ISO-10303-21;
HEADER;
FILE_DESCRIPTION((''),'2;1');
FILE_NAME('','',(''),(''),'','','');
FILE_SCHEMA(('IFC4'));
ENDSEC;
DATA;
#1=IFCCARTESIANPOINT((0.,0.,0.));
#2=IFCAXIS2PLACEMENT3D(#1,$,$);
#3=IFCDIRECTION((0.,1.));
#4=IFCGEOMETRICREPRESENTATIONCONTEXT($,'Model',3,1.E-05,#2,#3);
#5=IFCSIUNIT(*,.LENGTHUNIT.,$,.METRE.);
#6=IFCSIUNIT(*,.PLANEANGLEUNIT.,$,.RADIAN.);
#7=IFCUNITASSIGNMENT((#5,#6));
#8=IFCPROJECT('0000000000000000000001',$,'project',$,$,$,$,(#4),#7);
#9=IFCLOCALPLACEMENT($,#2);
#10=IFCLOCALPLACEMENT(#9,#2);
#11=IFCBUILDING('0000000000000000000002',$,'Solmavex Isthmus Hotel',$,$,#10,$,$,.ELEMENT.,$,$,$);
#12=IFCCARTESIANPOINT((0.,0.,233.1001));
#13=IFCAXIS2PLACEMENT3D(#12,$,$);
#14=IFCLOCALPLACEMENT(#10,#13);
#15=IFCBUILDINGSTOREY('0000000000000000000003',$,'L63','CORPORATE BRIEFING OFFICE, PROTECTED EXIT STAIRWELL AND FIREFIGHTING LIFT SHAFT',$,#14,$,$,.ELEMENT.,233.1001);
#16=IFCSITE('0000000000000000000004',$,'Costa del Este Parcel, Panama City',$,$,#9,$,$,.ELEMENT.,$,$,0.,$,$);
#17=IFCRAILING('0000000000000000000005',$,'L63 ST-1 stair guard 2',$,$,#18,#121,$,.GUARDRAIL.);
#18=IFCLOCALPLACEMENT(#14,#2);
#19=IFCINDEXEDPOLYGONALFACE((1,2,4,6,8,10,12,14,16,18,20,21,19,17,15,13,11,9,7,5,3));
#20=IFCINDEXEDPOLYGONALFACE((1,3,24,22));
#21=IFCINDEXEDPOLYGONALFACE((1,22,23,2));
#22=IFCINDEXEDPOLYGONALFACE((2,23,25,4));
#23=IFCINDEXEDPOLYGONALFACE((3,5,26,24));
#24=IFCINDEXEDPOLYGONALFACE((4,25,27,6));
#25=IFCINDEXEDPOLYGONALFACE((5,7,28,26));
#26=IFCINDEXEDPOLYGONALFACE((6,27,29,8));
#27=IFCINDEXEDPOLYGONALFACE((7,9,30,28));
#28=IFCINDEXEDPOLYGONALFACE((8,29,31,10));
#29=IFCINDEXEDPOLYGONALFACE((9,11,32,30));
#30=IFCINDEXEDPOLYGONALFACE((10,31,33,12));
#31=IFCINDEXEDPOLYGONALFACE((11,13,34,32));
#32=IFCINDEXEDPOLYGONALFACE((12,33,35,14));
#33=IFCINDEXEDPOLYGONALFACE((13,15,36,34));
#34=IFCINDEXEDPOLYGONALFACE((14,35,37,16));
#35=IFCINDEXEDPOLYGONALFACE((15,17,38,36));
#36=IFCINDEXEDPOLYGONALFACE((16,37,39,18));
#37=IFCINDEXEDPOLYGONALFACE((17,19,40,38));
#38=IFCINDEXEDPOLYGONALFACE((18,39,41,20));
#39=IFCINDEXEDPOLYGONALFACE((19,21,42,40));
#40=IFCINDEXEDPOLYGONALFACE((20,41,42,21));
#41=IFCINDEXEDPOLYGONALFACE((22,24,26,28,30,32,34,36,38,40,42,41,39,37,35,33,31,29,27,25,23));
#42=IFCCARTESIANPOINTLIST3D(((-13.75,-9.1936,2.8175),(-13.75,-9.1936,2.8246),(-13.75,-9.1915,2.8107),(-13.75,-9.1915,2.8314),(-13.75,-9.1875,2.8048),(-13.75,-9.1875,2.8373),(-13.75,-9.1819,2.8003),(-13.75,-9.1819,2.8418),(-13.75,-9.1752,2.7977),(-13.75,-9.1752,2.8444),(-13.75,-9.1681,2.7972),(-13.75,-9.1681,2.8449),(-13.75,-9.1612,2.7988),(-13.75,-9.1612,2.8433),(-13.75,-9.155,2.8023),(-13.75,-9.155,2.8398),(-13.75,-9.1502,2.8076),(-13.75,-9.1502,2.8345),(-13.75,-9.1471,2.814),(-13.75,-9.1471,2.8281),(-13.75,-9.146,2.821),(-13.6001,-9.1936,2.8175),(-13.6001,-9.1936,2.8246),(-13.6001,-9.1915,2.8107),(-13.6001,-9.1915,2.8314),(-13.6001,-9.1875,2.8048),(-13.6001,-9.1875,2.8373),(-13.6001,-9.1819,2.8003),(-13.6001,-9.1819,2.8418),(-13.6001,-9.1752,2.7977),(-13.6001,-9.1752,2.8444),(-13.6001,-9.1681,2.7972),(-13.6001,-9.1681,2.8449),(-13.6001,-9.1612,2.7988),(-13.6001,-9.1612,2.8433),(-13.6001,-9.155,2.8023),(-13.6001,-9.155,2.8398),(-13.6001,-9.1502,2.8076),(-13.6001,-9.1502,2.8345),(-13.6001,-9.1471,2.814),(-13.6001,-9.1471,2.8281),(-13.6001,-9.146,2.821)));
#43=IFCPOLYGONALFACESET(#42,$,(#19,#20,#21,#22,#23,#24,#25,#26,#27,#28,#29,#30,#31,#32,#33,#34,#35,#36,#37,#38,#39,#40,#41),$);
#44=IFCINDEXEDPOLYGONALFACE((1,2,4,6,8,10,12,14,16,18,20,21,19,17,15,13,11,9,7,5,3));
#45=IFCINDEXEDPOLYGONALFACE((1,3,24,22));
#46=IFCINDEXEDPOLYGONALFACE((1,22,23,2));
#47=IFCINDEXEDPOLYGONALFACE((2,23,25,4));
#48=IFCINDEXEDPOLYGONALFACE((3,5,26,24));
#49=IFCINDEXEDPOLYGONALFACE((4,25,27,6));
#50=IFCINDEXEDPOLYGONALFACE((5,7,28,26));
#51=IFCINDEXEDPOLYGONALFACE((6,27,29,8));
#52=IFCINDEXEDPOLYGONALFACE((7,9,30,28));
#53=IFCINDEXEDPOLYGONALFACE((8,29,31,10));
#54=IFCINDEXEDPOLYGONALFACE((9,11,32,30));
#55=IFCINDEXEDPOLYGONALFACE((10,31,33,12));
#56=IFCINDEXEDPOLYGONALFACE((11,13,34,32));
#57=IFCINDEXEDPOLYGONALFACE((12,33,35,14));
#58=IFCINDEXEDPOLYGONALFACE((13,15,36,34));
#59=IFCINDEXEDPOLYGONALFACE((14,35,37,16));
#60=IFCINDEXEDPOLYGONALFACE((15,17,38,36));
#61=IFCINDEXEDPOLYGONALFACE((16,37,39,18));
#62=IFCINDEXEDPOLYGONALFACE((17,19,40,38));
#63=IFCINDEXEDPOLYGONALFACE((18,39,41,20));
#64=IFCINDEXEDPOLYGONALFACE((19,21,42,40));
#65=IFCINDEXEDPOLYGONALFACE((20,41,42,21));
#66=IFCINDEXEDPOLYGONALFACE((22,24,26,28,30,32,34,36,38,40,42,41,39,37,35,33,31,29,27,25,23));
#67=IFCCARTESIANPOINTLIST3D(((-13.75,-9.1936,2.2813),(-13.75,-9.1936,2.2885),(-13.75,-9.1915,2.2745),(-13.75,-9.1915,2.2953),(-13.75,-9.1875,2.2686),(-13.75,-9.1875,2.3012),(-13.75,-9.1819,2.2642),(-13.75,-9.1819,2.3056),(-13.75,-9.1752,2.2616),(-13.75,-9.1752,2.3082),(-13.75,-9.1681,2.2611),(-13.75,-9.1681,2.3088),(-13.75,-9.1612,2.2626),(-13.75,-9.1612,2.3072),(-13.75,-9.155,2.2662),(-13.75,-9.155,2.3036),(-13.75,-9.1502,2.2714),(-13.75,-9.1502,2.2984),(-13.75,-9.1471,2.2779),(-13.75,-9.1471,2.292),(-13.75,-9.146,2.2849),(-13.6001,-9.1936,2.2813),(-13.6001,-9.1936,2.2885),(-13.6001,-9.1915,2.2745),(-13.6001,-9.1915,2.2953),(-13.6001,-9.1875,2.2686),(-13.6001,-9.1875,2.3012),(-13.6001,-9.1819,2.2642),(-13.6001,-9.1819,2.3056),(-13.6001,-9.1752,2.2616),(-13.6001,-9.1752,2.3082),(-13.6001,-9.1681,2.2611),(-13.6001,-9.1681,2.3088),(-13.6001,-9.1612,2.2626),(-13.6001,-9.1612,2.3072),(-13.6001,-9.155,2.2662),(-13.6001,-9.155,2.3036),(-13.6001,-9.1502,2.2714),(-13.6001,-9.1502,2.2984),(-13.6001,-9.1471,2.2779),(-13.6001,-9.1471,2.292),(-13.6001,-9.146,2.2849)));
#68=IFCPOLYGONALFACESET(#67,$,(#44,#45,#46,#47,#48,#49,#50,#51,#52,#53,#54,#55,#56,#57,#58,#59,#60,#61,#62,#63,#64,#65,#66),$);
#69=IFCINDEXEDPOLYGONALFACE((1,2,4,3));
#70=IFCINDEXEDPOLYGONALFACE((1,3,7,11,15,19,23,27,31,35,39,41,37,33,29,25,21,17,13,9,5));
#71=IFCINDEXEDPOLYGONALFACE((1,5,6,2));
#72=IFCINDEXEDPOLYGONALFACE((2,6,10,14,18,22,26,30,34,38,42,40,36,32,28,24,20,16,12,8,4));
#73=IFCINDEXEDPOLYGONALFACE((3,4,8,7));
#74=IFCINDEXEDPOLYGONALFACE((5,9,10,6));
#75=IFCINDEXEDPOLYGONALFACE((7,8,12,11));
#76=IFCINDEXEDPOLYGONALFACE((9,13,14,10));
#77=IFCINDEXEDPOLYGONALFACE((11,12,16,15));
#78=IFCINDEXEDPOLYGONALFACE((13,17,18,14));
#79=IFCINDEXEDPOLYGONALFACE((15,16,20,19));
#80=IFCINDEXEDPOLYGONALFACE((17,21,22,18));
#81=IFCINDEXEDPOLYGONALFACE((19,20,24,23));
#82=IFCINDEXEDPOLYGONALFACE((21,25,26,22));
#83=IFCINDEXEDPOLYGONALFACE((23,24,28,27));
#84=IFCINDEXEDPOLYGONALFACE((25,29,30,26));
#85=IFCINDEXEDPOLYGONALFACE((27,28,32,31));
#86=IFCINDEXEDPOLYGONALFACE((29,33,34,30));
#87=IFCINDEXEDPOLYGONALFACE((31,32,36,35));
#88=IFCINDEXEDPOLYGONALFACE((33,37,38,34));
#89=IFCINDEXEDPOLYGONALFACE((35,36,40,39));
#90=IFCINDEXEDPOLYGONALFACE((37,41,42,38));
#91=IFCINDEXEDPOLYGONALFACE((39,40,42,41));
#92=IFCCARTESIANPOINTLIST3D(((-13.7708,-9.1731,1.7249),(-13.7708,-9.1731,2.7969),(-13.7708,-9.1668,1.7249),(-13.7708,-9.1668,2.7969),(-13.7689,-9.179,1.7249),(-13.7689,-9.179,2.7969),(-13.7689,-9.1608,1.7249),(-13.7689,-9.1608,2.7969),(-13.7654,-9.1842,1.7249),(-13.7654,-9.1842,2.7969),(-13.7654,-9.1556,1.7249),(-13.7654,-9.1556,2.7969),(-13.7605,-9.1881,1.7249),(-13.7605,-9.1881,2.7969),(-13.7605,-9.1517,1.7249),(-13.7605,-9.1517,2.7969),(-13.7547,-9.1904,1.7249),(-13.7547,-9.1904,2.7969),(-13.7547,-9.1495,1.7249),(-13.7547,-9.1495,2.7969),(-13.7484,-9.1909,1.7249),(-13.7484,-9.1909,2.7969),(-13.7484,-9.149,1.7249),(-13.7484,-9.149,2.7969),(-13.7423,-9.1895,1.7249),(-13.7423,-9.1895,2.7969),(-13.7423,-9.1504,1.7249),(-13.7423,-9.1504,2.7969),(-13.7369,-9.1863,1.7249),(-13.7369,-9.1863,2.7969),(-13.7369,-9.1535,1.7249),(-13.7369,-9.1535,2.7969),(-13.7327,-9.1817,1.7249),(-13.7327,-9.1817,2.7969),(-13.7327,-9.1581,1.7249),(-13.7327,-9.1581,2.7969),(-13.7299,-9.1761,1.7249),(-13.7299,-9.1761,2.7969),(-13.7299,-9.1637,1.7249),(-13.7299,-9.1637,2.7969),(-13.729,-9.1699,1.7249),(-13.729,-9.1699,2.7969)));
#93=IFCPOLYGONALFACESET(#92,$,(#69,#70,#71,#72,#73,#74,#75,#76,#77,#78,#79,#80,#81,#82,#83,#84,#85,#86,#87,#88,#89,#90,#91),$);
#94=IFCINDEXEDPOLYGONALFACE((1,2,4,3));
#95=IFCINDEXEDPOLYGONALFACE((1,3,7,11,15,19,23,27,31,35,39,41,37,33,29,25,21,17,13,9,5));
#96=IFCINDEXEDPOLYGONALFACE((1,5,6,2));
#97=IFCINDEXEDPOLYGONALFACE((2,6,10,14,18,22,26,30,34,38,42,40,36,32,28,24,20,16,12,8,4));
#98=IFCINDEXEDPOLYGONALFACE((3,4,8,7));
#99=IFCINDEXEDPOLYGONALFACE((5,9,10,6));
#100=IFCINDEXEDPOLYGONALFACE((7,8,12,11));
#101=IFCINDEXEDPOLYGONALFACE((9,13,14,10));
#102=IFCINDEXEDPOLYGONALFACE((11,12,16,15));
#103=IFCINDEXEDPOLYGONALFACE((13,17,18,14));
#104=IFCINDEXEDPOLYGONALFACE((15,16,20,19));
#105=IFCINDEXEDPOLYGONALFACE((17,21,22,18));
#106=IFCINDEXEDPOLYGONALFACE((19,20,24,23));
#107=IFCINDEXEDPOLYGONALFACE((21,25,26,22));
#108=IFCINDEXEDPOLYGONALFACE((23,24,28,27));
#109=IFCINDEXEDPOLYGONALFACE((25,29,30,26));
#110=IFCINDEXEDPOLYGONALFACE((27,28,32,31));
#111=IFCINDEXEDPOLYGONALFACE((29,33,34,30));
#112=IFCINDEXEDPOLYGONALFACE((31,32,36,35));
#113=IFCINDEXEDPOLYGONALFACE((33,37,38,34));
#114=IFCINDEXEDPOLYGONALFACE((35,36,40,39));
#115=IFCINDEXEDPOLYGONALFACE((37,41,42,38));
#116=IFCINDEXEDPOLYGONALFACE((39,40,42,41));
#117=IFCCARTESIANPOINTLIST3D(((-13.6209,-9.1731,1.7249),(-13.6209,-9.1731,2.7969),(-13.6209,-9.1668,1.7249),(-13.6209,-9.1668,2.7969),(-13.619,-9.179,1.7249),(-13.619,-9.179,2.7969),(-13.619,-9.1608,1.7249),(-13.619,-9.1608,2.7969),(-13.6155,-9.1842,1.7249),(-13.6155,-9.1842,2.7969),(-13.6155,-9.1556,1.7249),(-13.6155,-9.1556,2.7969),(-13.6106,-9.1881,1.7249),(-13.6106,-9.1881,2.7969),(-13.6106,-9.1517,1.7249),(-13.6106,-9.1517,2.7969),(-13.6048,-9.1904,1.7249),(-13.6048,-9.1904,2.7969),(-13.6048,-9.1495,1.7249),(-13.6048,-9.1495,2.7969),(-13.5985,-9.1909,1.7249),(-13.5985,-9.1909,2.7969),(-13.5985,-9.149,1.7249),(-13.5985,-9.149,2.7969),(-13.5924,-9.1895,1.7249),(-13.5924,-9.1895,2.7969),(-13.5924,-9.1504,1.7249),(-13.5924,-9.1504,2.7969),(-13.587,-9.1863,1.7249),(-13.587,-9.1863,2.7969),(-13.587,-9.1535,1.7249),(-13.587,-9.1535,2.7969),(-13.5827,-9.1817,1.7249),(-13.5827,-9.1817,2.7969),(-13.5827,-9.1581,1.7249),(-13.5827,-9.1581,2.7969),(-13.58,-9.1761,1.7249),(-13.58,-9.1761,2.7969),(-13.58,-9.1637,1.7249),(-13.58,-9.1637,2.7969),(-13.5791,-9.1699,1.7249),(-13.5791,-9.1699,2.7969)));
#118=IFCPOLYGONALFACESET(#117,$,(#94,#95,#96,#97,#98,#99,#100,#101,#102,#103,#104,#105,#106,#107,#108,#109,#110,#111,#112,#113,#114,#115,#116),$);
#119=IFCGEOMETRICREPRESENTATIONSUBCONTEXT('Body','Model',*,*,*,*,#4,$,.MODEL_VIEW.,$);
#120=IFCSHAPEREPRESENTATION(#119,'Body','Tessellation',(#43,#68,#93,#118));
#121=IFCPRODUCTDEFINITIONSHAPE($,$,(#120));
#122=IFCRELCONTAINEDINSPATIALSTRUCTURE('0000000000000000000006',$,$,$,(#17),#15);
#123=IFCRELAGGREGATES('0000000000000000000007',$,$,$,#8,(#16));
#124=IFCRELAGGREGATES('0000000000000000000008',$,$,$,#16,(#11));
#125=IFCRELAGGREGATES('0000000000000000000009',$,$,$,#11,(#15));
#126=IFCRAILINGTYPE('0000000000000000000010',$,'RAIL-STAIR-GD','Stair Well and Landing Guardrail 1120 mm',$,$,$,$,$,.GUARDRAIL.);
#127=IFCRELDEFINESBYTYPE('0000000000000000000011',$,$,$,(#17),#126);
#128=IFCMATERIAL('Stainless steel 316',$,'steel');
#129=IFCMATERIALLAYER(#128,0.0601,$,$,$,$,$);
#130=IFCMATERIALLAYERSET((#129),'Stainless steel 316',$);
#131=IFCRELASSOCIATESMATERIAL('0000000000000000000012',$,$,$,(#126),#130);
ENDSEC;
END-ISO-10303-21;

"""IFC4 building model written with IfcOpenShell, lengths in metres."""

from ifc_helpers import new_model, si_unit, direction, frame, origin, origin_2d, place, context, subcontext, project, spatial, circle, extrude, material, layer, layer_set, type_object, element, save


model = new_model("IFC4")

# Units and contexts
model_context = context("Model", 3, precision=1e-05, world=origin(), true_north=direction((0.0, 1.0)))
body_context = subcontext(model_context, "Body", "Model", "MODEL_VIEW")
ifc_project = project(units=[si_unit("LENGTHUNIT", "METRE"), si_unit("PLANEANGLEUNIT", "RADIAN")], contexts=[model_context])

# Site, building, storey
site_placement = place(None, origin())
site = spatial("IfcSite", under=ifc_project, at=site_placement, Name="Costa del Este Parcel, Panama City", CompositionType="ELEMENT", RefElevation=0.0)
building_placement = place(site_placement, origin())
building = spatial("IfcBuilding", under=site, at=building_placement, Name="Solmavex Isthmus Hotel", CompositionType="ELEMENT")
storey_placement = place(building_placement, frame((0.0, 0.0, 233.1001)))
storey = spatial("IfcBuildingStorey", under=building, at=storey_placement, Name="L63", Description="CORPORATE BRIEFING OFFICE, PROTECTED EXIT STAIRWELL AND FIREFIGHTING LIFT SHAFT", CompositionType="ELEMENT", Elevation=233.1001)

# Railing
ifc_material_1 = material(Name="Stainless steel 316", Category="steel")
ifc_layer_1 = layer(ifc_material_1, 0.0601)
ifc_layer_set_1 = layer_set([ifc_layer_1], Name="Stainless steel 316")
railing_type_1 = type_object("IfcRailingType", Name="RAIL-STAIR-GD", Description="Stair Well and Landing Guardrail 1120 mm", PredefinedType="GUARDRAIL", material=ifc_layer_set_1)
railing_1_placement = place(storey_placement, frame((-13.75, -9.1699, 1.7249)))
element("IfcRailing", 1, at=railing_1_placement, inside=storey, type_object=railing_type_1, Name="L63 ST-1 stair guard 2", PredefinedType="GUARDRAIL", context=body_context, shape_type="SweptSolid", body=[
    extrude(circle(Radius=0.0239, at=origin_2d()), frame((0.0, 0.0, 1.0962), z_axis=(1.0, 0.0, 0.0), x_axis=(0.0, 1.0, 0.0)), (0.0, 0.0, 1.0), 0.1499),
    extrude(circle(Radius=0.0239, at=origin_2d()), frame((0.0, 0.0, 0.5601), z_axis=(1.0, 0.0, 0.0), x_axis=(0.0, 1.0, 0.0)), (0.0, 0.0, 1.0), 0.1499),
    extrude(circle(Radius=0.021, at=origin_2d()), origin(), (0.0, 0.0, 1.0), 1.072),
    extrude(circle(Radius=0.021, at=origin_2d()), frame((0.1499, 0.0, 0.0)), (0.0, 0.0, 1.0), 1.072),
])

save(model, "model.ifc")
